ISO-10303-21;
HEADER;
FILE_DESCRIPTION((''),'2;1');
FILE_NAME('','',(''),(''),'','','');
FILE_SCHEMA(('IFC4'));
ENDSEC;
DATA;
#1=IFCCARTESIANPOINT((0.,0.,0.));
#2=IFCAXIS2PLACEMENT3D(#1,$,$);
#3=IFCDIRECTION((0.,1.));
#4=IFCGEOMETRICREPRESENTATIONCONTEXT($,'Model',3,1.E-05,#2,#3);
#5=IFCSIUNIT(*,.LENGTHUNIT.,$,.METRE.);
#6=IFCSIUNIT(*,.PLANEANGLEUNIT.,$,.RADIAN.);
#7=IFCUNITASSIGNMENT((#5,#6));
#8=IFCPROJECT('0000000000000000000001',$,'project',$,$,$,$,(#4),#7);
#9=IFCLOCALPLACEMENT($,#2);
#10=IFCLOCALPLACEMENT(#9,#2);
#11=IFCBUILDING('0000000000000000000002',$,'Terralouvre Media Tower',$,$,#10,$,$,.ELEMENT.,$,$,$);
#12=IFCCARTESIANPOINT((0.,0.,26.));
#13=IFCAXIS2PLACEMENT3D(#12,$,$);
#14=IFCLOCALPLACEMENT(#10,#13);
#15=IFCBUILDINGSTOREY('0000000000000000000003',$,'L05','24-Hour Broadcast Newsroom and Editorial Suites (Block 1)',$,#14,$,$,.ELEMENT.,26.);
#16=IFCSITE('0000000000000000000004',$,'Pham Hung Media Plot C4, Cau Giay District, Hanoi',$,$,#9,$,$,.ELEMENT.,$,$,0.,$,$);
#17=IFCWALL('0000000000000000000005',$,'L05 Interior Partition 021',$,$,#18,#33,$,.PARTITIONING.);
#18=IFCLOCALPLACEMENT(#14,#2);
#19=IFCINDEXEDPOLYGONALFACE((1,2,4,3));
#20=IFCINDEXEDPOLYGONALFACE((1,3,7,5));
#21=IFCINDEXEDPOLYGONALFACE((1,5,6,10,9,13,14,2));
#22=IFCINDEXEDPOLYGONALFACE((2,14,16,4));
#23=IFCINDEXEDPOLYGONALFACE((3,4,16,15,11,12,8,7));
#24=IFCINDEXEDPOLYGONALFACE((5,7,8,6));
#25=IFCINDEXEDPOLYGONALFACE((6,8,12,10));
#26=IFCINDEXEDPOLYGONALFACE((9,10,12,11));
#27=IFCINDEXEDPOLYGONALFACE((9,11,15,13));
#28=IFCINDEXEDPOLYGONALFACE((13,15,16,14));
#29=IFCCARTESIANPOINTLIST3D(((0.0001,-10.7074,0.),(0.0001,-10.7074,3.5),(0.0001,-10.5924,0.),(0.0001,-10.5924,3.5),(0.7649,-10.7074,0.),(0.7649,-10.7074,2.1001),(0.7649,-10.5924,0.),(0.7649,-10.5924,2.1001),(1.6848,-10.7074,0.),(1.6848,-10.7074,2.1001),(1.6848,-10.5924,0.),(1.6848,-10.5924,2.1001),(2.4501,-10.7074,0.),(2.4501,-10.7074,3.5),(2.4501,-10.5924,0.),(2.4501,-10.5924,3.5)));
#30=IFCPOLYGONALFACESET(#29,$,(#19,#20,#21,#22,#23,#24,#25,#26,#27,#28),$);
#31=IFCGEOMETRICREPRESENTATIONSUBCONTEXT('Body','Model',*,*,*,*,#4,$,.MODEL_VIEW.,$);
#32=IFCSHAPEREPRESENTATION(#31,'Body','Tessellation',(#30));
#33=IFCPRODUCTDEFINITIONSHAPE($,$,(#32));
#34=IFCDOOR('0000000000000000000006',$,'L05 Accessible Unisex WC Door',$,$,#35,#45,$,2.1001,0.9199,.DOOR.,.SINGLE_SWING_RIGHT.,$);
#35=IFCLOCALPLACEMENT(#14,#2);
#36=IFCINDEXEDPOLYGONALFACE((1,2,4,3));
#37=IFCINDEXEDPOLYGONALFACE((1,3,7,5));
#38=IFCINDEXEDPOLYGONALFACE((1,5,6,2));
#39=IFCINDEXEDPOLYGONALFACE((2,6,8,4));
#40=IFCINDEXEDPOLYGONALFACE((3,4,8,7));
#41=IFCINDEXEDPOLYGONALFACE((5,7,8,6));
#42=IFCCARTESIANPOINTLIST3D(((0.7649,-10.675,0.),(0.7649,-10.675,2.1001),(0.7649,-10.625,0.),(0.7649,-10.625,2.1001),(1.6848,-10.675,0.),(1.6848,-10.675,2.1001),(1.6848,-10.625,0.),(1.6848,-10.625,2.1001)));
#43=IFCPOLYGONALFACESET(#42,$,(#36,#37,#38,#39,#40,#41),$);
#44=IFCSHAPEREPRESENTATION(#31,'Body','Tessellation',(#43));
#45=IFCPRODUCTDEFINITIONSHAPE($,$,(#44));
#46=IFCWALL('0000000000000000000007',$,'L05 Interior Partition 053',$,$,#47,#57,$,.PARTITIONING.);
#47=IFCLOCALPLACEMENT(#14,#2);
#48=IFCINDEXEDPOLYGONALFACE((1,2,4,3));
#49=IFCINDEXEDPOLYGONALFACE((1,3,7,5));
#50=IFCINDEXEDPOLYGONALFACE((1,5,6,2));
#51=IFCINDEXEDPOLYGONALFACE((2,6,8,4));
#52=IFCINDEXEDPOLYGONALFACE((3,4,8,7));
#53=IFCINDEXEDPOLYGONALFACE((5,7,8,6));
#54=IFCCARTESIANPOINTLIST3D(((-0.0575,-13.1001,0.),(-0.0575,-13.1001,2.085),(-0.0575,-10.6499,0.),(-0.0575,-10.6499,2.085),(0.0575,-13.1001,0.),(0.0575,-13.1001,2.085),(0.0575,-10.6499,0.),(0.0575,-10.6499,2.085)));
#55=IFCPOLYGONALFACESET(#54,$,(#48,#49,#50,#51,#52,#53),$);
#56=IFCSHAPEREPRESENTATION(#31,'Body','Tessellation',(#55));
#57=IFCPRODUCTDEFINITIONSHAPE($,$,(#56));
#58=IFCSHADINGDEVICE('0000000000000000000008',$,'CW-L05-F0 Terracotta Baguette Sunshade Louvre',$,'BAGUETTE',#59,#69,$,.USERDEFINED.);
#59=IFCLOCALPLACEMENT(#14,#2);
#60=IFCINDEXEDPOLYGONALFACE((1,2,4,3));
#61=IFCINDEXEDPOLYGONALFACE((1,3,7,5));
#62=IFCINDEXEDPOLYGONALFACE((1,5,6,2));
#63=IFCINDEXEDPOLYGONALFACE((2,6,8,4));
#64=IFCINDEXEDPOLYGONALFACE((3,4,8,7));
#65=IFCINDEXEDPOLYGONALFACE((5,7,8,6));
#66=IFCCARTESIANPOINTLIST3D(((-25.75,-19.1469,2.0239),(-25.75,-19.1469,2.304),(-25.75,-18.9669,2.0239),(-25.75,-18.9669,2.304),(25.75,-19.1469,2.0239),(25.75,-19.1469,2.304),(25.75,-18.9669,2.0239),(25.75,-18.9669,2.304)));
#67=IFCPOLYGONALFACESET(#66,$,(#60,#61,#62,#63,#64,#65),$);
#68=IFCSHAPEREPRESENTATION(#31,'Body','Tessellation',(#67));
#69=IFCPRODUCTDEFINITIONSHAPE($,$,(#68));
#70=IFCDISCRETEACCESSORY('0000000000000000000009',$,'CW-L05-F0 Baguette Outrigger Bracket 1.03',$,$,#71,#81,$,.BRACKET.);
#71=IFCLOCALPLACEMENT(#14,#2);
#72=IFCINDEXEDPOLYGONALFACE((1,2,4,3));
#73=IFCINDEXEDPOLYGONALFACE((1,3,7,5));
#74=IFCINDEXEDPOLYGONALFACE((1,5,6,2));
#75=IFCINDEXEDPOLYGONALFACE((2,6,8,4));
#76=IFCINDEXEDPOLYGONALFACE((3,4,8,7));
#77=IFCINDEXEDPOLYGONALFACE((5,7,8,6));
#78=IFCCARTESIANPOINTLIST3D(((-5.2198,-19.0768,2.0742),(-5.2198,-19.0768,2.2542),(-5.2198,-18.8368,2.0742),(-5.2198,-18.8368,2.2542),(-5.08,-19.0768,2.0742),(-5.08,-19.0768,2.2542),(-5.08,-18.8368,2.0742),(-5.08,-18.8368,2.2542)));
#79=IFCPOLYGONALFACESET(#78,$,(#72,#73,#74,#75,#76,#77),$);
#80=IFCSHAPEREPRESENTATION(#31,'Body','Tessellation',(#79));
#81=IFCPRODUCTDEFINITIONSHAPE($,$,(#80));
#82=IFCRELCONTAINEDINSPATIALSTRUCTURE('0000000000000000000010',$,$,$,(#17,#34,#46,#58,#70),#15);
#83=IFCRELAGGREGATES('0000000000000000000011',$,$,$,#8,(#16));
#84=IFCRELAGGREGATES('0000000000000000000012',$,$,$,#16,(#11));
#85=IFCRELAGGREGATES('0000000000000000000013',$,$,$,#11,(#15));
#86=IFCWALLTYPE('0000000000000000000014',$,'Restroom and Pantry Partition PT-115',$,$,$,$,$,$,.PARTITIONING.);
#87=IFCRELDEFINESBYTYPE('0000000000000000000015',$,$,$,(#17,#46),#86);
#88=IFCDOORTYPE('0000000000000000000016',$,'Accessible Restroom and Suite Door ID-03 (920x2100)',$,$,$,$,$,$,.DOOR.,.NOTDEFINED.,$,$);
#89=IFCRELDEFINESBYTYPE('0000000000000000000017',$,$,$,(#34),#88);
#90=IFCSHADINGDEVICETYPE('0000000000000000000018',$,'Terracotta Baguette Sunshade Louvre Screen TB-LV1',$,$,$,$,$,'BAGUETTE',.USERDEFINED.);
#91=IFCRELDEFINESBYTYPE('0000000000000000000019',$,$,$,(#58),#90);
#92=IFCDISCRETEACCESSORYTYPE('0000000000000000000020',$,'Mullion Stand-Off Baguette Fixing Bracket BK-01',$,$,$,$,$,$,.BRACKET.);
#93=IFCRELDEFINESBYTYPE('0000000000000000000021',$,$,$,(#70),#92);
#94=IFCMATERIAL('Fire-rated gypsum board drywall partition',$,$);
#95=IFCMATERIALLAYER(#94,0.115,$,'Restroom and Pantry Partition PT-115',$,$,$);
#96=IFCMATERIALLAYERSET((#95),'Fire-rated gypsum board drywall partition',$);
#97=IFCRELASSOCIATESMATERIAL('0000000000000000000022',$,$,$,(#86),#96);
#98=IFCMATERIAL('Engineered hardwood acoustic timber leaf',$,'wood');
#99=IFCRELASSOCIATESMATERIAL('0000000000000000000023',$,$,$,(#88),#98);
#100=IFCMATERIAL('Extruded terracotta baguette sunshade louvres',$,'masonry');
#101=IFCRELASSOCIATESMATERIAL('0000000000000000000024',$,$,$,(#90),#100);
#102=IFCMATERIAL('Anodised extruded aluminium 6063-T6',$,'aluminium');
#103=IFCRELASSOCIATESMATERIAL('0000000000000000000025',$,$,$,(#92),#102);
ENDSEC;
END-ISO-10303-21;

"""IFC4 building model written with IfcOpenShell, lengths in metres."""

from ifc_helpers import new_model, si_unit, direction, frame, frame_2d, origin, origin_2d, place, context, subcontext, project, spatial, rectangle, extrude, material, layer, layer_set, type_object, element, fill, save


model = new_model("IFC4")

# Units and contexts
model_context = context("Model", 3, precision=1e-05, world=origin(), true_north=direction((0.0, 1.0)))
body_context = subcontext(model_context, "Body", "Model", "MODEL_VIEW")
ifc_project = project(units=[si_unit("LENGTHUNIT", "METRE"), si_unit("PLANEANGLEUNIT", "RADIAN")], contexts=[model_context])

# Site, building, storey
site_placement = place(None, origin())
site = spatial("IfcSite", under=ifc_project, at=site_placement, Name="Pham Hung Media Plot C4, Cau Giay District, Hanoi", CompositionType="ELEMENT", RefElevation=0.0)
building_placement = place(site_placement, origin())
building = spatial("IfcBuilding", under=site, at=building_placement, Name="Terralouvre Media Tower", CompositionType="ELEMENT")
storey_placement = place(building_placement, frame((0.0, 0.0, 26.0)))
storey = spatial("IfcBuildingStorey", under=building, at=storey_placement, Name="L05", Description="24-Hour Broadcast Newsroom and Editorial Suites (Block 1)", CompositionType="ELEMENT", Elevation=26.0)

# Wall, opening, door
ifc_material_1 = material(Name="Fire-rated gypsum board drywall partition")
ifc_layer_1 = layer(ifc_material_1, 0.115, Name="Restroom and Pantry Partition PT-115")
ifc_layer_set_1 = layer_set([ifc_layer_1], Name="Fire-rated gypsum board drywall partition")
wall_type_1 = type_object("IfcWallType", Name="Restroom and Pantry Partition PT-115", PredefinedType="PARTITIONING", material=ifc_layer_set_1)
wall_1_placement = place(storey_placement, frame((0.0, -10.6499, 0.0), z_axis=(0.0, 0.0, 1.0), x_axis=(1.0, 0.0, 0.0)))
wall_1 = element("IfcWall", 1, at=wall_1_placement, inside=storey, type_object=wall_type_1, Name="L05 Interior Partition 021", PredefinedType="PARTITIONING", context=body_context, shape_type="SweptSolid", body=[
    extrude(rectangle(XDim=2.45, YDim=0.115, at=frame_2d((1.2251, 0.0))), origin(), (0.0, 0.0, 1.0), 3.5),
])
opening_1_placement = place(wall_1_placement, frame((0.7649, 0.0, 0.0)))
opening_1 = element("IfcOpeningElement", 2, at=opening_1_placement, cuts=wall_1, PredefinedType="OPENING", context=body_context, shape_type="SweptSolid", body=[
    extrude(rectangle(XDim=0.9199, YDim=2.1001, at=frame_2d((0.46, 1.05))), frame((0.0, 0.0674, 0.0), z_axis=(0.0, -1.0, 0.0), x_axis=(1.0, 0.0, 0.0)), (0.0, 0.0, 1.0), 0.135),
])
ifc_material_2 = material(Name="Engineered hardwood acoustic timber leaf", Category="wood")
door_type_1 = type_object("IfcDoorType", Name="Accessible Restroom and Suite Door ID-03 (920x2100)", OperationType="NOTDEFINED", PredefinedType="DOOR", material=ifc_material_2)
door_1_placement = place(opening_1_placement, origin())
door_1 = element("IfcDoor", 3, at=door_1_placement, inside=storey, type_object=door_type_1, Name="L05 Accessible Unisex WC Door", OperationType="SINGLE_SWING_RIGHT", OverallHeight=2.1001, OverallWidth=0.9199, PredefinedType="DOOR", context=body_context, shape_type="SweptSolid", body=[
    extrude(rectangle(XDim=0.9199, YDim=2.1001, at=frame_2d((0.46, 1.05))), frame((0.0, 0.0249, 0.0), z_axis=(0.0, -1.0, 0.0), x_axis=(1.0, 0.0, 0.0)), (0.0, 0.0, 1.0), 0.05),
])
fill(opening_1, door_1)

# Wall
wall_2_placement = place(storey_placement, frame((0.0, -13.1001, 0.0), z_axis=(0.0, 0.0, 1.0), x_axis=(0.0, 1.0, 0.0)))
element("IfcWall", 4, at=wall_2_placement, inside=storey, type_object=wall_type_1, Name="L05 Interior Partition 053", PredefinedType="PARTITIONING", context=body_context, shape_type="SweptSolid", body=[
    extrude(rectangle(XDim=2.4502, YDim=0.115, at=frame_2d((1.2251, 0.0))), origin(), (0.0, 0.0, 1.0), 2.085),
])

# Shading device
ifc_material_3 = material(Name="Extruded terracotta baguette sunshade louvres", Category="masonry")
shading_device_type = type_object("IfcShadingDeviceType", Name="Terracotta Baguette Sunshade Louvre Screen TB-LV1", ElementType="BAGUETTE", PredefinedType="USERDEFINED", material=ifc_material_3)
shading_device_placement = place(storey_placement, frame((0.0, -19.0569, 2.0239), z_axis=(0.0, 0.0, 1.0), x_axis=(1.0, 0.0, 0.0)))
element("IfcShadingDevice", 5, at=shading_device_placement, inside=storey, type_object=shading_device_type, Name="CW-L05-F0 Terracotta Baguette Sunshade Louvre", ObjectType="BAGUETTE", PredefinedType="USERDEFINED", context=body_context, shape_type="SweptSolid", body=[
    extrude(rectangle(XDim=51.5, YDim=0.1799, at=origin_2d()), origin(), (0.0, 0.0, 1.0), 0.28),
])

# Discrete accessory
ifc_material_4 = material(Name="Anodised extruded aluminium 6063-T6", Category="aluminium")
discrete_accessory_type = type_object("IfcDiscreteAccessoryType", Name="Mullion Stand-Off Baguette Fixing Bracket BK-01", PredefinedType="BRACKET", material=ifc_material_4)
discrete_accessory_placement = place(storey_placement, frame((-5.1499, -18.9568, 2.0742), z_axis=(0.0, 0.0, 1.0), x_axis=(1.0, 0.0, 0.0)))
element("IfcDiscreteAccessory", 6, at=discrete_accessory_placement, inside=storey, type_object=discrete_accessory_type, Name="CW-L05-F0 Baguette Outrigger Bracket 1.03", PredefinedType="BRACKET", context=body_context, shape_type="SweptSolid", body=[
    extrude(rectangle(XDim=0.1399, YDim=0.24, at=origin_2d()), origin(), (0.0, 0.0, 1.0), 0.1799),
])

save(model, "model.ifc")
